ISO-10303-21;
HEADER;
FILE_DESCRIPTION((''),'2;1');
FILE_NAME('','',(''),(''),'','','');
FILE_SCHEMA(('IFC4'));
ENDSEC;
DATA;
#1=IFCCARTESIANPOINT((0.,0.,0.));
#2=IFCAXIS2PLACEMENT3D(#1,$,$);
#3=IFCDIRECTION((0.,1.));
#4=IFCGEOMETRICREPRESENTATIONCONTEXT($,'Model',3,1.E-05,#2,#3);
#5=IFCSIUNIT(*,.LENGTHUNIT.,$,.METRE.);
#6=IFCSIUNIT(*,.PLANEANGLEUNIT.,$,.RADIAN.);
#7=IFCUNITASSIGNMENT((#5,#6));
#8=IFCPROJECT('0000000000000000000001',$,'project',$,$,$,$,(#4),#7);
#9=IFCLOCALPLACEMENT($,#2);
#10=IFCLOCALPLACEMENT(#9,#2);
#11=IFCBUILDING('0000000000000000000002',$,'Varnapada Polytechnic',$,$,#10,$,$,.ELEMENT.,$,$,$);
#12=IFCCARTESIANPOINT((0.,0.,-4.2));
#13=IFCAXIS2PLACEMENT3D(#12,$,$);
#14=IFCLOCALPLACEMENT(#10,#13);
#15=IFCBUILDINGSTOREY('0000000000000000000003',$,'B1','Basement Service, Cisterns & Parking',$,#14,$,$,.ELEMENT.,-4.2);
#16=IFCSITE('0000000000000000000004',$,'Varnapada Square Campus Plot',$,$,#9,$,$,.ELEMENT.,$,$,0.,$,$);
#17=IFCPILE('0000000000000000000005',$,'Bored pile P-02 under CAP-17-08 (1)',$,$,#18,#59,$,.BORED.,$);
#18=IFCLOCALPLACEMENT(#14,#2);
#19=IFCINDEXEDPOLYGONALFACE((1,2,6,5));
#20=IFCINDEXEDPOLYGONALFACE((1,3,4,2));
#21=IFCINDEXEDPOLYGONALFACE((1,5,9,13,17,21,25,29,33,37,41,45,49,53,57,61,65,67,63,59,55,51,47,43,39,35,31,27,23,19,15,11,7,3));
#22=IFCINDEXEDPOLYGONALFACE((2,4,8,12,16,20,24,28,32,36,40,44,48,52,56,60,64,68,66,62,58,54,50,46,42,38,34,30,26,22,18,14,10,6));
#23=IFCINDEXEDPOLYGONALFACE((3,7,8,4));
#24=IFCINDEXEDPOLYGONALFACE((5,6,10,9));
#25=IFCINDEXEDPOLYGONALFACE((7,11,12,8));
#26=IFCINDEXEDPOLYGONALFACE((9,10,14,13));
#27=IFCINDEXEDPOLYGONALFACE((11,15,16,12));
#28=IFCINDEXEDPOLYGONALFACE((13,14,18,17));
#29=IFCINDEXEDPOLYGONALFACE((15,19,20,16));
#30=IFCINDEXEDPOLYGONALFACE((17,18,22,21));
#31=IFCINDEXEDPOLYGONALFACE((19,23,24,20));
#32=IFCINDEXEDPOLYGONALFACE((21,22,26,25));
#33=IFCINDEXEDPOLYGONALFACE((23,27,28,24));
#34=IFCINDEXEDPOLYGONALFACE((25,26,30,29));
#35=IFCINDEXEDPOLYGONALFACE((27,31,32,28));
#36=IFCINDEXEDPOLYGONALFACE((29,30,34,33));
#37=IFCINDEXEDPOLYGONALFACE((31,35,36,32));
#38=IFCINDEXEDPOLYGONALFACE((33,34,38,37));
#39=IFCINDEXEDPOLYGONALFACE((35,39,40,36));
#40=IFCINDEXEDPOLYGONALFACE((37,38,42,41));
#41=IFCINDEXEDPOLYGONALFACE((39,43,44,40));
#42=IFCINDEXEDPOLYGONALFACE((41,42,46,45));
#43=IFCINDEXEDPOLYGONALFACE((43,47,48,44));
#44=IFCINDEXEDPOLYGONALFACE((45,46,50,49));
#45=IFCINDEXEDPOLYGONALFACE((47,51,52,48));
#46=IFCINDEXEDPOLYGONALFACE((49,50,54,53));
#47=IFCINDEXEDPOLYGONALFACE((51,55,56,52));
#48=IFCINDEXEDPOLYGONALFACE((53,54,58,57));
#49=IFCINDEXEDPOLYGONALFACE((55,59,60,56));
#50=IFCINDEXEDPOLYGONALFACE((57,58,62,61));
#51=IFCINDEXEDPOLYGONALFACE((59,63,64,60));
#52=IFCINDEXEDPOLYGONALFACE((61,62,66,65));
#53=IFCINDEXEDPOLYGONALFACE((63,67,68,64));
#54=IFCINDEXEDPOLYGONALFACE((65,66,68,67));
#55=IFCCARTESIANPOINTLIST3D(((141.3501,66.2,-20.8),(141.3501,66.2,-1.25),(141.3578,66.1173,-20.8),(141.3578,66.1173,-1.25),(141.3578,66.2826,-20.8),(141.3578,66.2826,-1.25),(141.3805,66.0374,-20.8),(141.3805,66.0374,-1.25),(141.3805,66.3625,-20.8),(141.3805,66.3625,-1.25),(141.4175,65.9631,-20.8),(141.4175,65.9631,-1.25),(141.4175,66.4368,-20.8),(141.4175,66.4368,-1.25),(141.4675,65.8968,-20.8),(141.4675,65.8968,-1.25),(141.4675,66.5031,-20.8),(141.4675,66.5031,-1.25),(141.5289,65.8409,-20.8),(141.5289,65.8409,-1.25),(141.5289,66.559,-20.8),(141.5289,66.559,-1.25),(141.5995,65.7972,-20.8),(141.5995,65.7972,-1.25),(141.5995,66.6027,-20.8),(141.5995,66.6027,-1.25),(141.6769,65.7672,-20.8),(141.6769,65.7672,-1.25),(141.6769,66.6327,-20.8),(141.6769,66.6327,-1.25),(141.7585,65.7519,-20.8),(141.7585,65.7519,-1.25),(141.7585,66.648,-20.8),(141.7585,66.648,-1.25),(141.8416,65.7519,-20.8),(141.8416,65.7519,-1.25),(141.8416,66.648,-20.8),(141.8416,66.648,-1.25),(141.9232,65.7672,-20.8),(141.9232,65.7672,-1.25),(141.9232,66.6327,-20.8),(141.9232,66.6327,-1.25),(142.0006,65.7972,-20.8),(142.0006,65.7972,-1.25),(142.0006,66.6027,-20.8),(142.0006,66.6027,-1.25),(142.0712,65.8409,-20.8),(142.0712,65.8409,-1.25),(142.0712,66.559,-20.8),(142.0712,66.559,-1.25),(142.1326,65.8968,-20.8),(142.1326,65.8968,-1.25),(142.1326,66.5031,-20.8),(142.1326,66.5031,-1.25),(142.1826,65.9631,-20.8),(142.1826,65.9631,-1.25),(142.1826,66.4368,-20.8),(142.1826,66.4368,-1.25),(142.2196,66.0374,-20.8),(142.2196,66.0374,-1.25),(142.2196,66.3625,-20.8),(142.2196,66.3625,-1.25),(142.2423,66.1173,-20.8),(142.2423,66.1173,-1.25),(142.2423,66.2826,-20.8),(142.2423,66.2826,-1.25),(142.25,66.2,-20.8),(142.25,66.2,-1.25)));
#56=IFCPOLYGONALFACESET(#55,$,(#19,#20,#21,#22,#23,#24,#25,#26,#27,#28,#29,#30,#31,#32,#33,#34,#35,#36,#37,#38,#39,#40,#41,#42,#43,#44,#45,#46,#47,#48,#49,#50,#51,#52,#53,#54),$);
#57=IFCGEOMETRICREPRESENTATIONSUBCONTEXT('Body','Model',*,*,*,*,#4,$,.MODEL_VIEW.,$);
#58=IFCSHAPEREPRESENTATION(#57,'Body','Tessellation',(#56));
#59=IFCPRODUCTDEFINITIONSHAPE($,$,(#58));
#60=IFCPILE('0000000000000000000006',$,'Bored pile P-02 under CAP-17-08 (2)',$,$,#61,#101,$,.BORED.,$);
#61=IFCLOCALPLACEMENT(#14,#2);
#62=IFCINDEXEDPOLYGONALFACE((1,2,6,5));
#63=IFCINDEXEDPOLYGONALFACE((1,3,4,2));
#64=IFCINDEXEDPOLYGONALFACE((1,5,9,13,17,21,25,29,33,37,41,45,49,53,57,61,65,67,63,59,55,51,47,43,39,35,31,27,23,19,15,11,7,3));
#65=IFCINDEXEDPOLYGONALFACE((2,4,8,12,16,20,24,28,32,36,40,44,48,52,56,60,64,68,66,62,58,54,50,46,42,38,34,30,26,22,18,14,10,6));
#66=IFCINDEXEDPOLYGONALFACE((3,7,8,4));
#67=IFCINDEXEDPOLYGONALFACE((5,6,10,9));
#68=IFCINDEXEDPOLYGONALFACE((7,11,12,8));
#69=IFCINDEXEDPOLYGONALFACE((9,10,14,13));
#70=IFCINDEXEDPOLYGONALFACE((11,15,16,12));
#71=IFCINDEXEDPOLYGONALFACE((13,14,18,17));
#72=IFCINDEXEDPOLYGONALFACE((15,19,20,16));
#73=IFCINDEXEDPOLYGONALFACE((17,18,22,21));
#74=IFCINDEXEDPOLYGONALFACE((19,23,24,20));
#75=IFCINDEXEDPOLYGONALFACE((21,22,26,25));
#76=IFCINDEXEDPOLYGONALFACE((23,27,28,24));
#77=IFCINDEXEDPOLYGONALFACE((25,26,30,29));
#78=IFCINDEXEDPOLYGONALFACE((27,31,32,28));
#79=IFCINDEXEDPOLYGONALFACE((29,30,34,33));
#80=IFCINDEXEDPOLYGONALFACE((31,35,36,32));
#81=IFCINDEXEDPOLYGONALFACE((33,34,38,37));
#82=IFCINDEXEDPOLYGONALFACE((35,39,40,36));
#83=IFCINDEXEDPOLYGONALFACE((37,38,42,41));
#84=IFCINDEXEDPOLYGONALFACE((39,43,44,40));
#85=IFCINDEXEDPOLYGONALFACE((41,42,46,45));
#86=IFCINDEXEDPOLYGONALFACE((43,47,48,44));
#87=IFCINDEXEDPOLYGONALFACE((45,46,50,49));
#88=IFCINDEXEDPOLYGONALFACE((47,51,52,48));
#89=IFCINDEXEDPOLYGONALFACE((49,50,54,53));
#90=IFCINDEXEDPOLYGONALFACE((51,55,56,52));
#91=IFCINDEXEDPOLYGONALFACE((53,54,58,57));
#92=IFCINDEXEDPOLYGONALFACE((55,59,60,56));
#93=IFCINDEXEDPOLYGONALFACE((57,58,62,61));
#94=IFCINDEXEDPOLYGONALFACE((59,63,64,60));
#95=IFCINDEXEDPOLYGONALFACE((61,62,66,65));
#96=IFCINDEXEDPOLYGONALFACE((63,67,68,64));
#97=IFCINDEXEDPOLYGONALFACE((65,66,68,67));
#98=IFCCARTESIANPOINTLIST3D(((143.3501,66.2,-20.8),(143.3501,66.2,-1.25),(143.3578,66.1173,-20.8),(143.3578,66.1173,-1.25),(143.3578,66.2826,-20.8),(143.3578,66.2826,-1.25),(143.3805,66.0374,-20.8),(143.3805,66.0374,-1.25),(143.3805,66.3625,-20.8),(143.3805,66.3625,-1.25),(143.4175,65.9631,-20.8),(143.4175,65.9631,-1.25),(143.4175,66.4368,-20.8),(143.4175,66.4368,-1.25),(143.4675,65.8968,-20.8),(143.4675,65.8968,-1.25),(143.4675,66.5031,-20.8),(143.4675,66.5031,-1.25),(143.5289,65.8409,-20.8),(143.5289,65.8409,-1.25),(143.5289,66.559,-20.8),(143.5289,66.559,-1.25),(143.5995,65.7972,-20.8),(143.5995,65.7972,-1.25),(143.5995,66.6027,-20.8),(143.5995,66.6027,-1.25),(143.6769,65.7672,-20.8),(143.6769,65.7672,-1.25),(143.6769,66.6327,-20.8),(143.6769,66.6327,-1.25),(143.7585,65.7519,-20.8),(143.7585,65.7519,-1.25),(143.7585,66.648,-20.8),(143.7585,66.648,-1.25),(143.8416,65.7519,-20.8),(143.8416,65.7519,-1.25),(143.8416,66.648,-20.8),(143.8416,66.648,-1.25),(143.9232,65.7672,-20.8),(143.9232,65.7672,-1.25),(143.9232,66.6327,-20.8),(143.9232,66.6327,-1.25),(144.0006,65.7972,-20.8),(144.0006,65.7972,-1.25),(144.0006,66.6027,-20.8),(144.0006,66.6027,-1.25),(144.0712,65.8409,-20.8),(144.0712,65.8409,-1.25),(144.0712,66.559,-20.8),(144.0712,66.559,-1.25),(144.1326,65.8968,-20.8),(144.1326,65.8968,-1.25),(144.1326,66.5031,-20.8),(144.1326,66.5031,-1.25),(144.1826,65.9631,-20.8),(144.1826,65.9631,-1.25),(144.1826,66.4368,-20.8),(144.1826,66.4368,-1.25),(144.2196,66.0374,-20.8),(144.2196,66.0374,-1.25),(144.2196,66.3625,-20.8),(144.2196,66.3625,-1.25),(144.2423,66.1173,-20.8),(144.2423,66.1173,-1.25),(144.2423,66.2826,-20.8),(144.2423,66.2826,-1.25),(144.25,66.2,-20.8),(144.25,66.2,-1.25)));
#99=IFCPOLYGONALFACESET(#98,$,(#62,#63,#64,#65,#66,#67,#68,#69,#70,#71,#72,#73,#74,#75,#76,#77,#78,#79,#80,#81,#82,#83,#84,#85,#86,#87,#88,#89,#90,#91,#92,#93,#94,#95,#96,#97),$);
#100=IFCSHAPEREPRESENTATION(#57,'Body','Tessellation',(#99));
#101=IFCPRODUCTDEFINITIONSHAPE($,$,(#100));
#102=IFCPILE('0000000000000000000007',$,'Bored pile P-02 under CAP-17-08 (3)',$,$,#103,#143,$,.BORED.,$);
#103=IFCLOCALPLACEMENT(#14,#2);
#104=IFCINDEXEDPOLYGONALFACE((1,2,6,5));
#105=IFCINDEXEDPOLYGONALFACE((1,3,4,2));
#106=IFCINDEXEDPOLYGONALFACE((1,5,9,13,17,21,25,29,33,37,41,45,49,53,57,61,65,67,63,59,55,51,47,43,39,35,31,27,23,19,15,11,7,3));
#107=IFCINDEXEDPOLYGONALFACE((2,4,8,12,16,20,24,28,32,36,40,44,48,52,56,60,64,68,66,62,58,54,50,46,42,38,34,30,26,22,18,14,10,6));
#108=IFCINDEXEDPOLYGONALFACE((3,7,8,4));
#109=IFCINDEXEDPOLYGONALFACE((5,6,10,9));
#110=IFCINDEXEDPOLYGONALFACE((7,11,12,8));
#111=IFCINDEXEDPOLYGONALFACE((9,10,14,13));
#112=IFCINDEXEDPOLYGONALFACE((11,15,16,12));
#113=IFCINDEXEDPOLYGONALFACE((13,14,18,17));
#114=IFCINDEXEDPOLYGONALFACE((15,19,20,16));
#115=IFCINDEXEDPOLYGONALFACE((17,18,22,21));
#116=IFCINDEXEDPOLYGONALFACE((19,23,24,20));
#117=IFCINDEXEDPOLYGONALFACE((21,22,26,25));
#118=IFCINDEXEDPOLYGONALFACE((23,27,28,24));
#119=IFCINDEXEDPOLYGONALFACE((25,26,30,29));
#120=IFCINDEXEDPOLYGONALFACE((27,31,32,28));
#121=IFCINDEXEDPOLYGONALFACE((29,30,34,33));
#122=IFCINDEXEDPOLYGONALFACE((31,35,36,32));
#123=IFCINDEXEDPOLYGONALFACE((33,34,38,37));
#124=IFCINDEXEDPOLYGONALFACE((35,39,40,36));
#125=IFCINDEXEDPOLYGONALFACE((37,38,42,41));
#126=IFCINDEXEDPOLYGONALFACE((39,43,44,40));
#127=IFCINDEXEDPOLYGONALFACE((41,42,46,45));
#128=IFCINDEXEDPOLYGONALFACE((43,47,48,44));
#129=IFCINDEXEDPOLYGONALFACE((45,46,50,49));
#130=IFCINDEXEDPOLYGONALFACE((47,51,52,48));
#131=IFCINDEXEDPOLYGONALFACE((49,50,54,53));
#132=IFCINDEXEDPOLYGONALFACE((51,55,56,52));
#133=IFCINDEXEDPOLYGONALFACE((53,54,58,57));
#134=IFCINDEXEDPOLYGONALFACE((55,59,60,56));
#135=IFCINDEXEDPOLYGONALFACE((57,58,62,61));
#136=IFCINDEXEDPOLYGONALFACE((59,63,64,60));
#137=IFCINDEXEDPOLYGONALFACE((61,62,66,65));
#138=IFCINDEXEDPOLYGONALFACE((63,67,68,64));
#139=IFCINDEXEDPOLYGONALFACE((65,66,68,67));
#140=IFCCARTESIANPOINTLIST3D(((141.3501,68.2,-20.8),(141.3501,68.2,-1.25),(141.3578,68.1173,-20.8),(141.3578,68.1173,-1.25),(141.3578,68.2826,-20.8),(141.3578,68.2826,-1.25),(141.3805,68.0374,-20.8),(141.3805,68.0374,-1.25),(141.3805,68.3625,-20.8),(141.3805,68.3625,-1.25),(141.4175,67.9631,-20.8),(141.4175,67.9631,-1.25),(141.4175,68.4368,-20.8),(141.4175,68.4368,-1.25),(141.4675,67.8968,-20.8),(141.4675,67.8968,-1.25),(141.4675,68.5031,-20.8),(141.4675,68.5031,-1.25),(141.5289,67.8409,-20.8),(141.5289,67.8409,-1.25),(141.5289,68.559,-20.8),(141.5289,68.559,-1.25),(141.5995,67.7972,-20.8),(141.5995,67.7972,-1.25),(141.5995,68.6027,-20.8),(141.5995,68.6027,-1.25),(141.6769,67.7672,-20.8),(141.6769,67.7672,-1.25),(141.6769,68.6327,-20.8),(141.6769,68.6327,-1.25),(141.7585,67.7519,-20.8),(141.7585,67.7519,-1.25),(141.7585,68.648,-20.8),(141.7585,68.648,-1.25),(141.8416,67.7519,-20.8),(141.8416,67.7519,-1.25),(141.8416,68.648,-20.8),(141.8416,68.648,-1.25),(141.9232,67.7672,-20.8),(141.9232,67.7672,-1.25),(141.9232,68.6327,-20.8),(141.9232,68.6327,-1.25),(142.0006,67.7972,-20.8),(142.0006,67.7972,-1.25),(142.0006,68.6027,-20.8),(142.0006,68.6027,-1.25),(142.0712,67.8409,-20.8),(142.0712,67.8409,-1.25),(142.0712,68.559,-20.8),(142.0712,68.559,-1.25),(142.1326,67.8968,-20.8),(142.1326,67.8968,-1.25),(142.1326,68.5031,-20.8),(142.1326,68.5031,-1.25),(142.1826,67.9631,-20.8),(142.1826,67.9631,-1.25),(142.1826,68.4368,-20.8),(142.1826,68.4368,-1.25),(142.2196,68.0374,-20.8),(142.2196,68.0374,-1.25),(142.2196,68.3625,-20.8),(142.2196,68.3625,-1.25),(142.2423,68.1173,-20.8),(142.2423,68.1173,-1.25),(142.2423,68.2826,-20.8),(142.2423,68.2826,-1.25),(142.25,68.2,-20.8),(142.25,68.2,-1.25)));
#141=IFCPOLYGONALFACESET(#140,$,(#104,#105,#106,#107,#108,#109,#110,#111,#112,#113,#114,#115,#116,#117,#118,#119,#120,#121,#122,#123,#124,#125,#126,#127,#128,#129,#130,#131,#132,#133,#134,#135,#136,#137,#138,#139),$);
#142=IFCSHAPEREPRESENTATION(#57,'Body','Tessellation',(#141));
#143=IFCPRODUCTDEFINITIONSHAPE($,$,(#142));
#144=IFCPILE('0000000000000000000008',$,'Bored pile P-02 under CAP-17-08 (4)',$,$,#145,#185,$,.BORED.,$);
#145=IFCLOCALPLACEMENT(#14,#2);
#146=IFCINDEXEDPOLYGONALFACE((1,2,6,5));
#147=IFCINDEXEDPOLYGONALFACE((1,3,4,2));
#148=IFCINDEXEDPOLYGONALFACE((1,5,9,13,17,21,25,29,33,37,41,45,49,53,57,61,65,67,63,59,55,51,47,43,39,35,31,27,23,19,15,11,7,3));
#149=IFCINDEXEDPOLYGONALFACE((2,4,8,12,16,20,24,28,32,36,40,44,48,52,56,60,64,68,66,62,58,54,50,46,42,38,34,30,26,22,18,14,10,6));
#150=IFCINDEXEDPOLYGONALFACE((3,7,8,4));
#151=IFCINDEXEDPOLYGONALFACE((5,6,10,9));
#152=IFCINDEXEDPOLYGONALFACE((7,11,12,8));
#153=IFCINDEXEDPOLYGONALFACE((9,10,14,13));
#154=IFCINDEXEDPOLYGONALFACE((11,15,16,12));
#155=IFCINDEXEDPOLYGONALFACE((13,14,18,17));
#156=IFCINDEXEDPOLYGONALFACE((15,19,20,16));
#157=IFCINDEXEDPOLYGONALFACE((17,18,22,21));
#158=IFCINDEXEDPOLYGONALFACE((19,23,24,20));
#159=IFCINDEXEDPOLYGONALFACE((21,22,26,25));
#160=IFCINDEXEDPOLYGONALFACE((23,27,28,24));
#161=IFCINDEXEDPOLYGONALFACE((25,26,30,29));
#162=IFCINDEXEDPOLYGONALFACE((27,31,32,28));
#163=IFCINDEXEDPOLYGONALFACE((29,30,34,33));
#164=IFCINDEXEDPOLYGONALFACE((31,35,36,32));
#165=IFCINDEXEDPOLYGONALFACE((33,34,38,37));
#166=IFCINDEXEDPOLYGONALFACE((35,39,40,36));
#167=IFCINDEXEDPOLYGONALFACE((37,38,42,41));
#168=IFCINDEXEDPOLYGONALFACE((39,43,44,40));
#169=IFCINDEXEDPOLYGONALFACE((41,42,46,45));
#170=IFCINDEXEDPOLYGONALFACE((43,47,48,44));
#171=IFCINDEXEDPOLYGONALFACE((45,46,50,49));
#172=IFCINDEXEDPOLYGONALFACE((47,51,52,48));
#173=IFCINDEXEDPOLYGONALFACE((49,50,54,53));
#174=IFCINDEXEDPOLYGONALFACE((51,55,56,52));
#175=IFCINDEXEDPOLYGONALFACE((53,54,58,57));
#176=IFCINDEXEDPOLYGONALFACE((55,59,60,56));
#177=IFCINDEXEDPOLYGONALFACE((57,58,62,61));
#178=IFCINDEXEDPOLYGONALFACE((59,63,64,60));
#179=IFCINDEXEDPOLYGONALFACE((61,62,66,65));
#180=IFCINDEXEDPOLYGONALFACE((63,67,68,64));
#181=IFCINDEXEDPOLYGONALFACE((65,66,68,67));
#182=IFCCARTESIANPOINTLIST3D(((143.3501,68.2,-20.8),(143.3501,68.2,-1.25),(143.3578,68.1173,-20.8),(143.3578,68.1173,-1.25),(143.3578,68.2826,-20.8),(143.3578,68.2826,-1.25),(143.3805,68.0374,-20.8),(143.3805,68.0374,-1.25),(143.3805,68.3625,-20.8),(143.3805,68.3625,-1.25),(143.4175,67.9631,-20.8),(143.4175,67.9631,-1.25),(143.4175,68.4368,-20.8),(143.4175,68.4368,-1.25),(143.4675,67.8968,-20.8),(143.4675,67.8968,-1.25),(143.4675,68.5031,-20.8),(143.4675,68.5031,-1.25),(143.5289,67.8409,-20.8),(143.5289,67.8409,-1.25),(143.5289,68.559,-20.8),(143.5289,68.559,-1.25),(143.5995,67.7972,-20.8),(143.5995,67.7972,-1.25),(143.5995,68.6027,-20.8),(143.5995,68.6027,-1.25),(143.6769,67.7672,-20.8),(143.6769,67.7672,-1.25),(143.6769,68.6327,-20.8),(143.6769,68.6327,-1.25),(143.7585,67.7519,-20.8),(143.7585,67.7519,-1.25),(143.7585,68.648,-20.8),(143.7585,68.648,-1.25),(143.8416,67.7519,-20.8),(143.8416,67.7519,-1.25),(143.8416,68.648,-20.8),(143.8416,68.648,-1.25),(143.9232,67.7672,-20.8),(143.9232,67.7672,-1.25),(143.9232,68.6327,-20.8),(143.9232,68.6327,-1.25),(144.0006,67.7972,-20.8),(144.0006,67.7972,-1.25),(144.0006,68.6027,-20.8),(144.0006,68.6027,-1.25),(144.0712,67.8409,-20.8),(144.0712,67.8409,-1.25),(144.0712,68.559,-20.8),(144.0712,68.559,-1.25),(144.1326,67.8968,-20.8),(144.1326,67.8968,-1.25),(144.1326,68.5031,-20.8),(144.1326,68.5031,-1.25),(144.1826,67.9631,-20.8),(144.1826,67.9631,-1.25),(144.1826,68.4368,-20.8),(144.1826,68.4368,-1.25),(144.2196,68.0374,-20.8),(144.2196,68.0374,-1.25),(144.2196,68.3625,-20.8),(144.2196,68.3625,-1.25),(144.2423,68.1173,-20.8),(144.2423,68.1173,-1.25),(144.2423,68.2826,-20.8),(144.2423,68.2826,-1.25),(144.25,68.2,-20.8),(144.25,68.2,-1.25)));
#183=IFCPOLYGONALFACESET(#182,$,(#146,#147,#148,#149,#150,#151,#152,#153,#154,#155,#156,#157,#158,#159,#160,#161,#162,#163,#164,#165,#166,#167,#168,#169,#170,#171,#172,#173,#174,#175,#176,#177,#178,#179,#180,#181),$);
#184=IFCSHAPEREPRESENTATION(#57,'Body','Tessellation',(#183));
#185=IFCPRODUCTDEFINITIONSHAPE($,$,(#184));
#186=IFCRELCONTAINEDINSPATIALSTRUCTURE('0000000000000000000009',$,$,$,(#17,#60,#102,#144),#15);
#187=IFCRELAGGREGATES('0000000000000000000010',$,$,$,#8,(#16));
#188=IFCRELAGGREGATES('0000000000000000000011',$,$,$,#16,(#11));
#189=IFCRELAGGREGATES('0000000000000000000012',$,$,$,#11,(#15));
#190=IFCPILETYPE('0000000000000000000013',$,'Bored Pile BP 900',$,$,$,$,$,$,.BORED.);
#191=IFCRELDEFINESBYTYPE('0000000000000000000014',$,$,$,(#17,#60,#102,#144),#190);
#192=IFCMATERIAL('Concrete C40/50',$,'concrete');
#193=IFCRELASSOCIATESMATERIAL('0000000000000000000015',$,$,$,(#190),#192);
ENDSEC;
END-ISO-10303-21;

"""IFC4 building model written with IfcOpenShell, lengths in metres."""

from ifc_helpers import new_model, si_unit, direction, frame, origin, origin_2d, place, context, subcontext, project, spatial, circle, extrude, material, material_profile, profile_set, type_object, element, save


model = new_model("IFC4")

# Units and contexts
model_context = context("Model", 3, precision=1e-05, world=origin(), true_north=direction((0.0, 1.0)))
body_context = subcontext(model_context, "Body", "Model", "MODEL_VIEW")
ifc_project = project(units=[si_unit("LENGTHUNIT", "METRE"), si_unit("PLANEANGLEUNIT", "RADIAN")], contexts=[model_context])

# Site, building, storey
site_placement = place(None, origin())
site = spatial("IfcSite", under=ifc_project, at=site_placement, Name="Varnapada Square Campus Plot", CompositionType="ELEMENT", RefElevation=0.0)
building_placement = place(site_placement, origin())
building = spatial("IfcBuilding", under=site, at=building_placement, Name="Varnapada Polytechnic", CompositionType="ELEMENT")
storey_placement = place(building_placement, frame((0.0, 0.0, -4.2)))
storey = spatial("IfcBuildingStorey", under=building, at=storey_placement, Name="B1", Description="Basement Service, Cisterns & Parking", CompositionType="ELEMENT", Elevation=-4.2)

# Piles
ifc_material_1 = material(Name="Concrete C40/50", Category="concrete")
ifc_material_profile_1 = material_profile(ifc_material_1, circle(Radius=0.45, at=origin_2d()), Name="BP 900")
ifc_profile_set_1 = profile_set([ifc_material_profile_1], Name="Concrete C40/50")
pile_type = type_object("IfcPileType", Name="Bored Pile BP 900", PredefinedType="BORED", material=ifc_profile_set_1)
for number, where, z_axis, x_axis, name in (
    (1, (141.8, 66.2, -1.25), (0.0, 0.0, -1.0), (1.0, 0.0, 0.0), "Bored pile P-02 under CAP-17-08 (1)"),
    (2, (143.8, 66.2, -1.25), (0.0, 0.0, -1.0), (1.0, 0.0, 0.0), "Bored pile P-02 under CAP-17-08 (2)"),
    (3, (141.8, 68.2, -1.25), (0.0, 0.0, -1.0), (1.0, 0.0, 0.0), "Bored pile P-02 under CAP-17-08 (3)"),
    (4, (143.8, 68.2, -1.25), (0.0, 0.0, -1.0), (1.0, 0.0, 0.0), "Bored pile P-02 under CAP-17-08 (4)"),
):
    element("IfcPile", number, at=place(storey_placement, frame(where, z_axis=z_axis, x_axis=x_axis)), inside=storey, type_object=pile_type, Name=name, PredefinedType="BORED", context=body_context, shape_type="SweptSolid", body=[
        extrude(circle(Radius=0.45, at=origin_2d()), origin(), (0.0, 0.0, 1.0), 19.55),
    ])

save(model, "model.ifc")
